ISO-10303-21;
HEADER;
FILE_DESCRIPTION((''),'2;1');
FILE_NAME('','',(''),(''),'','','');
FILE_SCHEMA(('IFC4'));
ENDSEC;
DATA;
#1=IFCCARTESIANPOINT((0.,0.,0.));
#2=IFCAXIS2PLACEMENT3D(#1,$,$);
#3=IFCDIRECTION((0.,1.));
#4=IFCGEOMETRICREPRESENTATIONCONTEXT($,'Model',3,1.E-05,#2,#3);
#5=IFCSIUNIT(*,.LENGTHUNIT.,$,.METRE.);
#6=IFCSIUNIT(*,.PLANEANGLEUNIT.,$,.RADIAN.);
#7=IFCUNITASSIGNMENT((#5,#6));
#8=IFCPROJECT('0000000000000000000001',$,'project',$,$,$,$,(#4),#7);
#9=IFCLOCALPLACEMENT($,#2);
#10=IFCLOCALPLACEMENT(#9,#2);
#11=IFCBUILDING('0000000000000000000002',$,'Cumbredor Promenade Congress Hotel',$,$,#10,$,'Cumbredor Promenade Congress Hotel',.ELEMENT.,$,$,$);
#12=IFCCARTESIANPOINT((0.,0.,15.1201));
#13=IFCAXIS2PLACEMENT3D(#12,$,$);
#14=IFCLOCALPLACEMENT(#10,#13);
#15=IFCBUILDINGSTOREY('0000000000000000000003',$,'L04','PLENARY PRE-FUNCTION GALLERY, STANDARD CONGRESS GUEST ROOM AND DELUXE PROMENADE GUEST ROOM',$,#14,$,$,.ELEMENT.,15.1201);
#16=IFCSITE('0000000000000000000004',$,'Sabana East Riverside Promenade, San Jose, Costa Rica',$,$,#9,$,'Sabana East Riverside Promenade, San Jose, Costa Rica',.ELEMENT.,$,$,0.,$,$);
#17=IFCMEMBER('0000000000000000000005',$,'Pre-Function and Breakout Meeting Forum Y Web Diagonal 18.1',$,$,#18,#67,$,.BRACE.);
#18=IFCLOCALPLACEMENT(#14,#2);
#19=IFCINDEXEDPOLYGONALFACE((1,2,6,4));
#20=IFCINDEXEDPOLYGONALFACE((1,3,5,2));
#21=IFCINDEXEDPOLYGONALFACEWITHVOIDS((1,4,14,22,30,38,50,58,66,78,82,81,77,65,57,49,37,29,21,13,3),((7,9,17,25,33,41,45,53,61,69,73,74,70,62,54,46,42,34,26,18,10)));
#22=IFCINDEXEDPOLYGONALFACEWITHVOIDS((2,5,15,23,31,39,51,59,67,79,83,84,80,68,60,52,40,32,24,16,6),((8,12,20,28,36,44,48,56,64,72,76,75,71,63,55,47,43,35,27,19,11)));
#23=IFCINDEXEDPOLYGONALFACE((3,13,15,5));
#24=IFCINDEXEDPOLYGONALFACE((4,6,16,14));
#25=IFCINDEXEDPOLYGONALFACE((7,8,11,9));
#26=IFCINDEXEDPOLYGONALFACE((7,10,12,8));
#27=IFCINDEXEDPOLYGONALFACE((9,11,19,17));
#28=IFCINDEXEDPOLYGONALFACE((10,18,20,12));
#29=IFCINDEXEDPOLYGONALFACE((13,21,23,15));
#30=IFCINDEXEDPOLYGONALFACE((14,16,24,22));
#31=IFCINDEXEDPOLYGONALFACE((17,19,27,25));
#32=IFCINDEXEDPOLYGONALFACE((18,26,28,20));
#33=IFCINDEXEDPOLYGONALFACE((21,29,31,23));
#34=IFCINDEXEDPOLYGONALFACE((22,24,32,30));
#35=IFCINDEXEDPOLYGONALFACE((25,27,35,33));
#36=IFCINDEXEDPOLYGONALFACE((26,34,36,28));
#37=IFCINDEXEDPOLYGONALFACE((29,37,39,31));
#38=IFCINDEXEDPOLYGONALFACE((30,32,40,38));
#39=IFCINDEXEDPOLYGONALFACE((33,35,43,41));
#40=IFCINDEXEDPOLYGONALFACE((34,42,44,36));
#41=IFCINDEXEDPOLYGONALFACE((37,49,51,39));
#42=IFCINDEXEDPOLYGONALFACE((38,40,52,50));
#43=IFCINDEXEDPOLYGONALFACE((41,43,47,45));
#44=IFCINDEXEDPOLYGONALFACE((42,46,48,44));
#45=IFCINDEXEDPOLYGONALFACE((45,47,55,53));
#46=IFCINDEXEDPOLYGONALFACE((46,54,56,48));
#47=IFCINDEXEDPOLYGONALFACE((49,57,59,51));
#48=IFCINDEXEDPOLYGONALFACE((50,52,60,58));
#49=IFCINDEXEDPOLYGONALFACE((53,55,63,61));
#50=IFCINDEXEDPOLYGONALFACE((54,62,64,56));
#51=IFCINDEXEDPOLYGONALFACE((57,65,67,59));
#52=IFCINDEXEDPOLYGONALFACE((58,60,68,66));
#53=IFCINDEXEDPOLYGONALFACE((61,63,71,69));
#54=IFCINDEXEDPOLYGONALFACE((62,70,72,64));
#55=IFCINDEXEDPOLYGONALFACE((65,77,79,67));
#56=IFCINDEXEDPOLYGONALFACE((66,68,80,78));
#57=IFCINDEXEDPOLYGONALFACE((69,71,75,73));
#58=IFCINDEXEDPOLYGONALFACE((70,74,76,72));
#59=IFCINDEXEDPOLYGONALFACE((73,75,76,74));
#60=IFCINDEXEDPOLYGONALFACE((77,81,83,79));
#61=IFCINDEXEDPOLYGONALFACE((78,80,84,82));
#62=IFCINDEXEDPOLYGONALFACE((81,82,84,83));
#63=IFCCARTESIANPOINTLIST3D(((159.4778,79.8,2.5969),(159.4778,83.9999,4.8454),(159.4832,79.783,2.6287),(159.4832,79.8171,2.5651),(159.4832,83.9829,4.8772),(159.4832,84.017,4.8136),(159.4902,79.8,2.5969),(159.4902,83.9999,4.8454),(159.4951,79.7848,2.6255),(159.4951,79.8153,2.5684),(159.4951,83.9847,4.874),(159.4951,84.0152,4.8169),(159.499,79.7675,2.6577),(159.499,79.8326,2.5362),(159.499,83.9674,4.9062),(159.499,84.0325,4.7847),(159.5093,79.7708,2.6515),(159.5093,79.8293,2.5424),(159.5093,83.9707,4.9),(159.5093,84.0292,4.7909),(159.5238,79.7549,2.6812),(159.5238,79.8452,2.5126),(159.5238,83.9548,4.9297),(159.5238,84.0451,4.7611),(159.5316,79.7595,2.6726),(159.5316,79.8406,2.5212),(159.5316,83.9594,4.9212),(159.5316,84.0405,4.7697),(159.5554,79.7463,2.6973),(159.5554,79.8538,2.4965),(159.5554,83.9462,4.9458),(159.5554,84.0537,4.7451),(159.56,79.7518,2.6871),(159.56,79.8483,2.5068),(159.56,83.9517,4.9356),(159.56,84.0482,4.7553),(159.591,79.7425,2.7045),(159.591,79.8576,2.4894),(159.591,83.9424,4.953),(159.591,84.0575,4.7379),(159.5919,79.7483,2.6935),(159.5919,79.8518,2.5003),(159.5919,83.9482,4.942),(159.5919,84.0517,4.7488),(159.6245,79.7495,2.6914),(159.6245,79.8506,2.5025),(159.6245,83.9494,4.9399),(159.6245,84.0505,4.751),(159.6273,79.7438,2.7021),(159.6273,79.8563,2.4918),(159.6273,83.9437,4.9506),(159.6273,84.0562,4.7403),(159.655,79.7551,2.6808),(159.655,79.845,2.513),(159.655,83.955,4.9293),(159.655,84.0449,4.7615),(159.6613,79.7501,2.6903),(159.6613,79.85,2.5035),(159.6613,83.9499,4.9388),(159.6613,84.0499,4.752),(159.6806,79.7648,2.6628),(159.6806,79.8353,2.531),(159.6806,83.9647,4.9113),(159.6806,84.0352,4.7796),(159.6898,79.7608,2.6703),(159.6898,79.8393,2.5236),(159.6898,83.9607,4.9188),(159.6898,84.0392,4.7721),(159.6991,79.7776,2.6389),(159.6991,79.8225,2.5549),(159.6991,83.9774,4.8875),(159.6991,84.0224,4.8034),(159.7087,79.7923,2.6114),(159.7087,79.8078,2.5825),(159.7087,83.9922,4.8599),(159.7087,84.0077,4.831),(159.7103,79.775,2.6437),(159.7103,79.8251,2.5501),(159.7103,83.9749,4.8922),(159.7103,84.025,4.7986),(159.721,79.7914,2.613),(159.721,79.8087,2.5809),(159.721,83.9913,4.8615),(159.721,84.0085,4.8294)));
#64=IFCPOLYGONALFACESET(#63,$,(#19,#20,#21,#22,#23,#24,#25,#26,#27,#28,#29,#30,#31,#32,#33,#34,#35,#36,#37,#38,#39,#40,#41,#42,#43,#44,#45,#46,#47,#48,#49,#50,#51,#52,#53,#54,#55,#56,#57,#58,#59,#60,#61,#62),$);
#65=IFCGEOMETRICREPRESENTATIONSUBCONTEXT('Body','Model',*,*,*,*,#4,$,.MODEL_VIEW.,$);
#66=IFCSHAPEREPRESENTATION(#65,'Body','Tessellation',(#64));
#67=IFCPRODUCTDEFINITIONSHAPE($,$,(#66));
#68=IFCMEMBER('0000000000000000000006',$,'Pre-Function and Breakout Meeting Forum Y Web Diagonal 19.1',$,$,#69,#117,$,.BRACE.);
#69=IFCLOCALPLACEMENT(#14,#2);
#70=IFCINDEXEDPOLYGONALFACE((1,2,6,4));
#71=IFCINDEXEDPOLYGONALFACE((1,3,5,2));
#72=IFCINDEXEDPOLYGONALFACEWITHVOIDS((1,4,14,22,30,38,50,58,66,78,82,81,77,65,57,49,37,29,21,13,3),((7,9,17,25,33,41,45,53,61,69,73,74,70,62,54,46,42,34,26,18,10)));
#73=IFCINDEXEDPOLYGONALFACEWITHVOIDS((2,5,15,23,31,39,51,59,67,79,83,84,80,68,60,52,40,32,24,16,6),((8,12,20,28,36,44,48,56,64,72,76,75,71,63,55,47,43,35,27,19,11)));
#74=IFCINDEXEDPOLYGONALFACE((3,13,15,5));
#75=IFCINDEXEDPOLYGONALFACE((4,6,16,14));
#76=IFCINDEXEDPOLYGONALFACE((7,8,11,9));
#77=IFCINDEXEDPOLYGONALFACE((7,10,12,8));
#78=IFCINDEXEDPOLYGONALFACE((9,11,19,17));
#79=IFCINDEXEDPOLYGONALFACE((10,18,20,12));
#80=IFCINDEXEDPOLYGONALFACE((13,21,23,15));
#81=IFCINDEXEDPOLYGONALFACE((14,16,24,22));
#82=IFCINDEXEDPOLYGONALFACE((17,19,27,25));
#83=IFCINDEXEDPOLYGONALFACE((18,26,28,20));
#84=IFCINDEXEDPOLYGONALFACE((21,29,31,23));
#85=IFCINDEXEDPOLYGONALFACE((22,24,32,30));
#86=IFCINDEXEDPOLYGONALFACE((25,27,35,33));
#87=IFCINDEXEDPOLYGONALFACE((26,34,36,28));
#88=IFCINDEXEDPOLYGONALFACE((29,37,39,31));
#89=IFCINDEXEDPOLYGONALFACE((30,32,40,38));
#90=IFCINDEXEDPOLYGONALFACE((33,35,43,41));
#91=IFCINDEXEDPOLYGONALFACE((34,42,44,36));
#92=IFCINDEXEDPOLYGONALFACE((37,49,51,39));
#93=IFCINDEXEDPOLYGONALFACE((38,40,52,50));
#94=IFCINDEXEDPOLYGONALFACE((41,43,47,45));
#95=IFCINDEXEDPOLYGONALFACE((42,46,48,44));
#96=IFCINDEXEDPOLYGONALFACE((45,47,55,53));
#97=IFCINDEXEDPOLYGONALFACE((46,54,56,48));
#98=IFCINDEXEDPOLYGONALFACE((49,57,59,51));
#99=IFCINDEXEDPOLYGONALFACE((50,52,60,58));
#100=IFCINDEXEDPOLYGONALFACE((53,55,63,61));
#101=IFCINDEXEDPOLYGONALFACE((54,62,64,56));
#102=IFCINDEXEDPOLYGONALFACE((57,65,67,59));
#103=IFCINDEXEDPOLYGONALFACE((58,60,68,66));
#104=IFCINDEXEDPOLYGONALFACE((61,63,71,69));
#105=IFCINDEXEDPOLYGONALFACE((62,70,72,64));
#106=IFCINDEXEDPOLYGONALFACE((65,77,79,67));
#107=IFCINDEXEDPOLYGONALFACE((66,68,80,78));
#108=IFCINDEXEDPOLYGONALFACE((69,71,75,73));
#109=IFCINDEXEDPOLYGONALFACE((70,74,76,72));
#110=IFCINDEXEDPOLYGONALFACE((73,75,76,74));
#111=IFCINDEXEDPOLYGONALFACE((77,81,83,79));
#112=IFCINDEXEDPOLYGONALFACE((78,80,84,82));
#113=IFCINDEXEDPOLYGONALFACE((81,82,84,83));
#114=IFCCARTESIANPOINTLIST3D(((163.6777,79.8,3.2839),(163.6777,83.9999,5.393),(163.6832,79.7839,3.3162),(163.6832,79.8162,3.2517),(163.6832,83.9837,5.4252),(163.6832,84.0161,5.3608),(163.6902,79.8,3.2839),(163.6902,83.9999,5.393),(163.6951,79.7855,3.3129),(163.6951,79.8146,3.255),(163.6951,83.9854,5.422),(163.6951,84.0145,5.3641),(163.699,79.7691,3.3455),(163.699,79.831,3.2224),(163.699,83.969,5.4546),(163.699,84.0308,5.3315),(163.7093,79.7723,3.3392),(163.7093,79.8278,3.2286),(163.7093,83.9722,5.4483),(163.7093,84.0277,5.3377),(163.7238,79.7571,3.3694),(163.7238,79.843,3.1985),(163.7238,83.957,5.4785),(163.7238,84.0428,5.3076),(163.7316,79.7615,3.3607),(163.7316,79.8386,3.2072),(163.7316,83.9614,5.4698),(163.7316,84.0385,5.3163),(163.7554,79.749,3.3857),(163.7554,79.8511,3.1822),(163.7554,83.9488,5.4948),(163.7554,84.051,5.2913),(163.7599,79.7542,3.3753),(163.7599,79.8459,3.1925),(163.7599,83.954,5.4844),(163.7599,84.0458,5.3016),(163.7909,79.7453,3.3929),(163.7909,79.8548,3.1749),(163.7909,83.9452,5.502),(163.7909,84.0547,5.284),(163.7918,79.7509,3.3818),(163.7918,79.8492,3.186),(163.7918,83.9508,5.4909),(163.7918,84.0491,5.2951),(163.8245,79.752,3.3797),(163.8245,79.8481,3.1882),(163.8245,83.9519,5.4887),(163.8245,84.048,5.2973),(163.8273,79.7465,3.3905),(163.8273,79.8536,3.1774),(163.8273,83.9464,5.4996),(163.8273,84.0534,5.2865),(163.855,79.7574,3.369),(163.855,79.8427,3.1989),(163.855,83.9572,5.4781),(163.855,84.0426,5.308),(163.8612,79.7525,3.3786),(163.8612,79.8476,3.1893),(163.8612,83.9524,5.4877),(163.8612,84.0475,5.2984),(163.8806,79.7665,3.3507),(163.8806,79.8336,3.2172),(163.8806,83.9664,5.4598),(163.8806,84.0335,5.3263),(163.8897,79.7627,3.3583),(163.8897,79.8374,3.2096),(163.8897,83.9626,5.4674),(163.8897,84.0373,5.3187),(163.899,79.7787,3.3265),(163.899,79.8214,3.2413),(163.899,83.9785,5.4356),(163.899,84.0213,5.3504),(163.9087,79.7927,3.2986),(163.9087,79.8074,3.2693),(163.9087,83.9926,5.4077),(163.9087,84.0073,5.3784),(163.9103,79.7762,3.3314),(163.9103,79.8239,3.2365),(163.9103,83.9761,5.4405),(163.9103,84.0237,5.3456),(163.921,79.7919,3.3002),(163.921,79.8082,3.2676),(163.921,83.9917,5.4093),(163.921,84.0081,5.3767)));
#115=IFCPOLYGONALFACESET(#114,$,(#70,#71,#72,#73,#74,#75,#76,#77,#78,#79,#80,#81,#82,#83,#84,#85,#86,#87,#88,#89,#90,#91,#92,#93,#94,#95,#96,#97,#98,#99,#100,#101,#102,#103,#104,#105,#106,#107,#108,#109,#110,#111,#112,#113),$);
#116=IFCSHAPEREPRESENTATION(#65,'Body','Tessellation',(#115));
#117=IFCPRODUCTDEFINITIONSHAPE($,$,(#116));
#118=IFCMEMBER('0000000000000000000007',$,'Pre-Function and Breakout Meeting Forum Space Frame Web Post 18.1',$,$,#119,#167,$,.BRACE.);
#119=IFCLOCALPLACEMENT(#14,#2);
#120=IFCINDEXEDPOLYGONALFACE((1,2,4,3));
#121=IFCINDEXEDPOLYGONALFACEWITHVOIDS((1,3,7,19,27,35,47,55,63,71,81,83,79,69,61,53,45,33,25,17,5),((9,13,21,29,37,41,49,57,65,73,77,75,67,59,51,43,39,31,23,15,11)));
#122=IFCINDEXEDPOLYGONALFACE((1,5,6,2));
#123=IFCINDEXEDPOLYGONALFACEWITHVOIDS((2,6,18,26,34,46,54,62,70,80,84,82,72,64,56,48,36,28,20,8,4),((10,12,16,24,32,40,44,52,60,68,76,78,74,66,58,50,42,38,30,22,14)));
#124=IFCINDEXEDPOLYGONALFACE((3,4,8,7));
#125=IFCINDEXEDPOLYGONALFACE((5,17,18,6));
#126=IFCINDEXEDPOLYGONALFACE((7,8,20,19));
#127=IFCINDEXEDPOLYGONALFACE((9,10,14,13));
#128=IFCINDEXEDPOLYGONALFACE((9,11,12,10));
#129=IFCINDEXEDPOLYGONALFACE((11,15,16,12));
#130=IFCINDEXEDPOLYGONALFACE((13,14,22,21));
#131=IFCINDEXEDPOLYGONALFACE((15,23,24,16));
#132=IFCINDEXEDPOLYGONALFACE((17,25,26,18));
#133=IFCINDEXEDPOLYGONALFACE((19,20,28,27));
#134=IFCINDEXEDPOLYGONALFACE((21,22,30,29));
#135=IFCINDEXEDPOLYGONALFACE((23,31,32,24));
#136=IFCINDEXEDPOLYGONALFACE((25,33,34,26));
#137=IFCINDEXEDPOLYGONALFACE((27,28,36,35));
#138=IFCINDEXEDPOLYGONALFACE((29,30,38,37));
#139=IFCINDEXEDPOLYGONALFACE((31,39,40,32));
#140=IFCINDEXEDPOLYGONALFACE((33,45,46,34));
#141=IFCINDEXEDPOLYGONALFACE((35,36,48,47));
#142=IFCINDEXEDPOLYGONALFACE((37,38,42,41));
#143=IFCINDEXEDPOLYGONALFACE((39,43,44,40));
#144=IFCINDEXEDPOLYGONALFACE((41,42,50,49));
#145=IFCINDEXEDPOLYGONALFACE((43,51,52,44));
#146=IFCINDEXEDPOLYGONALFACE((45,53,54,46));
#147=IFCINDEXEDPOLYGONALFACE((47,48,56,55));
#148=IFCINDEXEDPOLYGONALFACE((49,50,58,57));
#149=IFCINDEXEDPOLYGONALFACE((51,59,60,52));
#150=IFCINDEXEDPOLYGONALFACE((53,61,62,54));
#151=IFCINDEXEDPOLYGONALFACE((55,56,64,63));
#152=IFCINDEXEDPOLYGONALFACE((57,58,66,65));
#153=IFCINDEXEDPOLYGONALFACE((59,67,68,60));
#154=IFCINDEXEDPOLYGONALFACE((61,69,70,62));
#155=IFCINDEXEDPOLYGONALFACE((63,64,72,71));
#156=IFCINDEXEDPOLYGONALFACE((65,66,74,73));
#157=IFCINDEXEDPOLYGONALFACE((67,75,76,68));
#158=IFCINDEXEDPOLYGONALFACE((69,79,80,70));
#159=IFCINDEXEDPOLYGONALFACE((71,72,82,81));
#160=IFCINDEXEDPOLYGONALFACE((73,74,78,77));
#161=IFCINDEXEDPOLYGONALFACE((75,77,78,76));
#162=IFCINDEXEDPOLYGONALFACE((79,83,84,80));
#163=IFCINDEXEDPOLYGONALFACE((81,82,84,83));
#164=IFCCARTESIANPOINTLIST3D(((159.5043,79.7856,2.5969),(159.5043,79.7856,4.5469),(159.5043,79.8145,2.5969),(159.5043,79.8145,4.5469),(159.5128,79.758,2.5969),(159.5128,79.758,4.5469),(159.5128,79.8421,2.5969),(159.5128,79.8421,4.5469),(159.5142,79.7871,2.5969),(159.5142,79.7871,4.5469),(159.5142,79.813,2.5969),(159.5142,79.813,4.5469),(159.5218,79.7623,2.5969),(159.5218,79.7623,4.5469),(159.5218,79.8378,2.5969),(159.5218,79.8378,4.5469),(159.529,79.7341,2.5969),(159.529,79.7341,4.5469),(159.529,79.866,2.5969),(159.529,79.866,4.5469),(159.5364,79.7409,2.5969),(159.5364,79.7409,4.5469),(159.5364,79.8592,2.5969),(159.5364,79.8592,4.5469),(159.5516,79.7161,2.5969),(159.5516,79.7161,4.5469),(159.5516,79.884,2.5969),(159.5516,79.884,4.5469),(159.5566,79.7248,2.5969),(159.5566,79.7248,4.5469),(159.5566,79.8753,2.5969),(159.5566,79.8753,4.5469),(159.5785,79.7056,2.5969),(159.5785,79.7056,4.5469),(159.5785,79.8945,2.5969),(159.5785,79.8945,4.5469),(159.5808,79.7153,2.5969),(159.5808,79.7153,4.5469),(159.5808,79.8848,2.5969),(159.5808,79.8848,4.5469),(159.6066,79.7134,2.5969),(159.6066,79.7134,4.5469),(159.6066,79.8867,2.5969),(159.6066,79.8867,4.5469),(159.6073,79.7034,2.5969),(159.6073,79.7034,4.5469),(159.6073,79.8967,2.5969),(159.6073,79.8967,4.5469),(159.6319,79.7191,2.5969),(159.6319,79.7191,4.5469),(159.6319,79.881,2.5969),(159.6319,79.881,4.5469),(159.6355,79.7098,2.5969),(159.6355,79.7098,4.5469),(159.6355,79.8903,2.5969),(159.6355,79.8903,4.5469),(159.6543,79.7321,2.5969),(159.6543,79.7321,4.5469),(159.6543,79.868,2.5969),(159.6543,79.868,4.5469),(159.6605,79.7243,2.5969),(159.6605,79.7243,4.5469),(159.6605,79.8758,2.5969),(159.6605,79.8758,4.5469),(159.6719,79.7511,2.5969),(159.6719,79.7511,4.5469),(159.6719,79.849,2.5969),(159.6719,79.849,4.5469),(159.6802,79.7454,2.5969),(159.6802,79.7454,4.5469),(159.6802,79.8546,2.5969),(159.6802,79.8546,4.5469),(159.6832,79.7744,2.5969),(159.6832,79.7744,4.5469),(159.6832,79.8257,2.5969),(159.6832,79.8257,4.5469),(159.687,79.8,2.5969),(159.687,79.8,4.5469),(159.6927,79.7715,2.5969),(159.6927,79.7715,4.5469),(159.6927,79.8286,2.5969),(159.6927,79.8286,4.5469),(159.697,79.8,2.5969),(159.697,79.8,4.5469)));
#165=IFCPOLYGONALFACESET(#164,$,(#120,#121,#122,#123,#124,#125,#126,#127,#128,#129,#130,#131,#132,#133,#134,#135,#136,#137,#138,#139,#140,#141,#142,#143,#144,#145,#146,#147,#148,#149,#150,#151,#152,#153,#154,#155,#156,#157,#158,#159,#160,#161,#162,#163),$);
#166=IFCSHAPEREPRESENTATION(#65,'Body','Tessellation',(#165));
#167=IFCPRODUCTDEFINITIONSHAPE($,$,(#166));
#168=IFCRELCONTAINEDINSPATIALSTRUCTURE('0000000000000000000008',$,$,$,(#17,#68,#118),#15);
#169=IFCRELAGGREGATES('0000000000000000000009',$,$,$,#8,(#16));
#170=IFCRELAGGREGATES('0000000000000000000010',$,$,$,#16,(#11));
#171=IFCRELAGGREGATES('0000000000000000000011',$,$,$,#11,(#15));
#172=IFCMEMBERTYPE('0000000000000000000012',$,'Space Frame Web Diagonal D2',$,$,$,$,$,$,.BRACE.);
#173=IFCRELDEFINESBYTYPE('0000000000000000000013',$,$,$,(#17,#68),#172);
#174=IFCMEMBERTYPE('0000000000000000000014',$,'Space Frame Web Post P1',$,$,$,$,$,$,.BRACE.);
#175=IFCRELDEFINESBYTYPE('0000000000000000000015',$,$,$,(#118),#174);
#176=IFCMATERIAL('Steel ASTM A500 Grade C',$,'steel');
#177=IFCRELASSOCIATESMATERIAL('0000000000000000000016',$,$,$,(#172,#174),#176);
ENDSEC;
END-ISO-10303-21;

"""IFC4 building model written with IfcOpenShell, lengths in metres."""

from ifc_helpers import new_model, si_unit, direction, frame, origin, origin_2d, place, context, subcontext, project, spatial, hollow_circle, extrude, material, material_profile, profile_set, type_object, element, save


model = new_model("IFC4")

# Units and contexts
model_context = context("Model", 3, precision=1e-05, world=origin(), true_north=direction((0.0, 1.0)))
body_context = subcontext(model_context, "Body", "Model", "MODEL_VIEW")
ifc_project = project(units=[si_unit("LENGTHUNIT", "METRE"), si_unit("PLANEANGLEUNIT", "RADIAN")], contexts=[model_context])

# Site, building, storey
site_placement = place(None, origin())
site = spatial("IfcSite", under=ifc_project, at=site_placement, Name="Sabana East Riverside Promenade, San Jose, Costa Rica", LongName="Sabana East Riverside Promenade, San Jose, Costa Rica", CompositionType="ELEMENT", RefElevation=0.0)
building_placement = place(site_placement, origin())
building = spatial("IfcBuilding", under=site, at=building_placement, Name="Cumbredor Promenade Congress Hotel", LongName="Cumbredor Promenade Congress Hotel", CompositionType="ELEMENT")
storey_placement = place(building_placement, frame((0.0, 0.0, 15.1201)))
storey = spatial("IfcBuildingStorey", under=building, at=storey_placement, Name="L04", Description="PLENARY PRE-FUNCTION GALLERY, STANDARD CONGRESS GUEST ROOM AND DELUXE PROMENADE GUEST ROOM", CompositionType="ELEMENT", Elevation=15.1201)

# Members
ifc_material_1 = material(Name="Steel ASTM A500 Grade C", Category="steel")
ifc_material_profile_1 = material_profile(ifc_material_1, hollow_circle(Radius=0.1223, WallThickness=0.0125, at=origin_2d()), Name="CHS 244.5x12.5")
ifc_profile_set_1 = profile_set([ifc_material_profile_1], Name="Steel ASTM A500 Grade C")
member_type_1 = type_object("IfcMemberType", Name="Space Frame Web Diagonal D2", PredefinedType="BRACE", material=ifc_profile_set_1)
member_1_placement = place(storey_placement, frame((159.6001, 79.8, 2.5969), z_axis=(0.0, 0.881606, 0.471987), x_axis=(-1.0, 0.0, 0.0)))
element("IfcMember", 1, at=member_1_placement, inside=storey, type_object=member_type_1, Name="Pre-Function and Breakout Meeting Forum Y Web Diagonal 18.1", PredefinedType="BRACE", context=body_context, shape_type="SweptSolid", body=[
    extrude(hollow_circle(Radius=0.1223, WallThickness=0.0125, at=origin_2d()), origin(), (0.0, 0.0, 1.0), 4.7639),
])
member_2_placement = place(storey_placement, frame((163.8, 79.8, 3.2839), z_axis=(0.0, 0.893647, 0.448771), x_axis=(-1.0, 0.0, 0.0)))
element("IfcMember", 2, at=member_2_placement, inside=storey, type_object=member_type_1, Name="Pre-Function and Breakout Meeting Forum Y Web Diagonal 19.1", PredefinedType="BRACE", context=body_context, shape_type="SweptSolid", body=[
    extrude(hollow_circle(Radius=0.1223, WallThickness=0.0125, at=origin_2d()), origin(), (0.0, 0.0, 1.0), 4.6997),
])
ifc_material_profile_2 = material_profile(ifc_material_1, hollow_circle(Radius=0.0969, WallThickness=0.01, at=origin_2d()), Name="CHS 193.7x10")
ifc_profile_set_2 = profile_set([ifc_material_profile_2], Name="Steel ASTM A500 Grade C")
member_type_2 = type_object("IfcMemberType", Name="Space Frame Web Post P1", PredefinedType="BRACE", material=ifc_profile_set_2)
member_3_placement = place(storey_placement, frame((159.6001, 79.8, 2.5969), z_axis=(0.0, 0.0, 1.0), x_axis=(1.0, 0.0, 0.0)))
element("IfcMember", 3, at=member_3_placement, inside=storey, type_object=member_type_2, Name="Pre-Function and Breakout Meeting Forum Space Frame Web Post 18.1", PredefinedType="BRACE", context=body_context, shape_type="SweptSolid", body=[
    extrude(hollow_circle(Radius=0.0969, WallThickness=0.01, at=origin_2d()), origin(), (0.0, 0.0, 1.0), 1.95),
])

save(model, "model.ifc")
